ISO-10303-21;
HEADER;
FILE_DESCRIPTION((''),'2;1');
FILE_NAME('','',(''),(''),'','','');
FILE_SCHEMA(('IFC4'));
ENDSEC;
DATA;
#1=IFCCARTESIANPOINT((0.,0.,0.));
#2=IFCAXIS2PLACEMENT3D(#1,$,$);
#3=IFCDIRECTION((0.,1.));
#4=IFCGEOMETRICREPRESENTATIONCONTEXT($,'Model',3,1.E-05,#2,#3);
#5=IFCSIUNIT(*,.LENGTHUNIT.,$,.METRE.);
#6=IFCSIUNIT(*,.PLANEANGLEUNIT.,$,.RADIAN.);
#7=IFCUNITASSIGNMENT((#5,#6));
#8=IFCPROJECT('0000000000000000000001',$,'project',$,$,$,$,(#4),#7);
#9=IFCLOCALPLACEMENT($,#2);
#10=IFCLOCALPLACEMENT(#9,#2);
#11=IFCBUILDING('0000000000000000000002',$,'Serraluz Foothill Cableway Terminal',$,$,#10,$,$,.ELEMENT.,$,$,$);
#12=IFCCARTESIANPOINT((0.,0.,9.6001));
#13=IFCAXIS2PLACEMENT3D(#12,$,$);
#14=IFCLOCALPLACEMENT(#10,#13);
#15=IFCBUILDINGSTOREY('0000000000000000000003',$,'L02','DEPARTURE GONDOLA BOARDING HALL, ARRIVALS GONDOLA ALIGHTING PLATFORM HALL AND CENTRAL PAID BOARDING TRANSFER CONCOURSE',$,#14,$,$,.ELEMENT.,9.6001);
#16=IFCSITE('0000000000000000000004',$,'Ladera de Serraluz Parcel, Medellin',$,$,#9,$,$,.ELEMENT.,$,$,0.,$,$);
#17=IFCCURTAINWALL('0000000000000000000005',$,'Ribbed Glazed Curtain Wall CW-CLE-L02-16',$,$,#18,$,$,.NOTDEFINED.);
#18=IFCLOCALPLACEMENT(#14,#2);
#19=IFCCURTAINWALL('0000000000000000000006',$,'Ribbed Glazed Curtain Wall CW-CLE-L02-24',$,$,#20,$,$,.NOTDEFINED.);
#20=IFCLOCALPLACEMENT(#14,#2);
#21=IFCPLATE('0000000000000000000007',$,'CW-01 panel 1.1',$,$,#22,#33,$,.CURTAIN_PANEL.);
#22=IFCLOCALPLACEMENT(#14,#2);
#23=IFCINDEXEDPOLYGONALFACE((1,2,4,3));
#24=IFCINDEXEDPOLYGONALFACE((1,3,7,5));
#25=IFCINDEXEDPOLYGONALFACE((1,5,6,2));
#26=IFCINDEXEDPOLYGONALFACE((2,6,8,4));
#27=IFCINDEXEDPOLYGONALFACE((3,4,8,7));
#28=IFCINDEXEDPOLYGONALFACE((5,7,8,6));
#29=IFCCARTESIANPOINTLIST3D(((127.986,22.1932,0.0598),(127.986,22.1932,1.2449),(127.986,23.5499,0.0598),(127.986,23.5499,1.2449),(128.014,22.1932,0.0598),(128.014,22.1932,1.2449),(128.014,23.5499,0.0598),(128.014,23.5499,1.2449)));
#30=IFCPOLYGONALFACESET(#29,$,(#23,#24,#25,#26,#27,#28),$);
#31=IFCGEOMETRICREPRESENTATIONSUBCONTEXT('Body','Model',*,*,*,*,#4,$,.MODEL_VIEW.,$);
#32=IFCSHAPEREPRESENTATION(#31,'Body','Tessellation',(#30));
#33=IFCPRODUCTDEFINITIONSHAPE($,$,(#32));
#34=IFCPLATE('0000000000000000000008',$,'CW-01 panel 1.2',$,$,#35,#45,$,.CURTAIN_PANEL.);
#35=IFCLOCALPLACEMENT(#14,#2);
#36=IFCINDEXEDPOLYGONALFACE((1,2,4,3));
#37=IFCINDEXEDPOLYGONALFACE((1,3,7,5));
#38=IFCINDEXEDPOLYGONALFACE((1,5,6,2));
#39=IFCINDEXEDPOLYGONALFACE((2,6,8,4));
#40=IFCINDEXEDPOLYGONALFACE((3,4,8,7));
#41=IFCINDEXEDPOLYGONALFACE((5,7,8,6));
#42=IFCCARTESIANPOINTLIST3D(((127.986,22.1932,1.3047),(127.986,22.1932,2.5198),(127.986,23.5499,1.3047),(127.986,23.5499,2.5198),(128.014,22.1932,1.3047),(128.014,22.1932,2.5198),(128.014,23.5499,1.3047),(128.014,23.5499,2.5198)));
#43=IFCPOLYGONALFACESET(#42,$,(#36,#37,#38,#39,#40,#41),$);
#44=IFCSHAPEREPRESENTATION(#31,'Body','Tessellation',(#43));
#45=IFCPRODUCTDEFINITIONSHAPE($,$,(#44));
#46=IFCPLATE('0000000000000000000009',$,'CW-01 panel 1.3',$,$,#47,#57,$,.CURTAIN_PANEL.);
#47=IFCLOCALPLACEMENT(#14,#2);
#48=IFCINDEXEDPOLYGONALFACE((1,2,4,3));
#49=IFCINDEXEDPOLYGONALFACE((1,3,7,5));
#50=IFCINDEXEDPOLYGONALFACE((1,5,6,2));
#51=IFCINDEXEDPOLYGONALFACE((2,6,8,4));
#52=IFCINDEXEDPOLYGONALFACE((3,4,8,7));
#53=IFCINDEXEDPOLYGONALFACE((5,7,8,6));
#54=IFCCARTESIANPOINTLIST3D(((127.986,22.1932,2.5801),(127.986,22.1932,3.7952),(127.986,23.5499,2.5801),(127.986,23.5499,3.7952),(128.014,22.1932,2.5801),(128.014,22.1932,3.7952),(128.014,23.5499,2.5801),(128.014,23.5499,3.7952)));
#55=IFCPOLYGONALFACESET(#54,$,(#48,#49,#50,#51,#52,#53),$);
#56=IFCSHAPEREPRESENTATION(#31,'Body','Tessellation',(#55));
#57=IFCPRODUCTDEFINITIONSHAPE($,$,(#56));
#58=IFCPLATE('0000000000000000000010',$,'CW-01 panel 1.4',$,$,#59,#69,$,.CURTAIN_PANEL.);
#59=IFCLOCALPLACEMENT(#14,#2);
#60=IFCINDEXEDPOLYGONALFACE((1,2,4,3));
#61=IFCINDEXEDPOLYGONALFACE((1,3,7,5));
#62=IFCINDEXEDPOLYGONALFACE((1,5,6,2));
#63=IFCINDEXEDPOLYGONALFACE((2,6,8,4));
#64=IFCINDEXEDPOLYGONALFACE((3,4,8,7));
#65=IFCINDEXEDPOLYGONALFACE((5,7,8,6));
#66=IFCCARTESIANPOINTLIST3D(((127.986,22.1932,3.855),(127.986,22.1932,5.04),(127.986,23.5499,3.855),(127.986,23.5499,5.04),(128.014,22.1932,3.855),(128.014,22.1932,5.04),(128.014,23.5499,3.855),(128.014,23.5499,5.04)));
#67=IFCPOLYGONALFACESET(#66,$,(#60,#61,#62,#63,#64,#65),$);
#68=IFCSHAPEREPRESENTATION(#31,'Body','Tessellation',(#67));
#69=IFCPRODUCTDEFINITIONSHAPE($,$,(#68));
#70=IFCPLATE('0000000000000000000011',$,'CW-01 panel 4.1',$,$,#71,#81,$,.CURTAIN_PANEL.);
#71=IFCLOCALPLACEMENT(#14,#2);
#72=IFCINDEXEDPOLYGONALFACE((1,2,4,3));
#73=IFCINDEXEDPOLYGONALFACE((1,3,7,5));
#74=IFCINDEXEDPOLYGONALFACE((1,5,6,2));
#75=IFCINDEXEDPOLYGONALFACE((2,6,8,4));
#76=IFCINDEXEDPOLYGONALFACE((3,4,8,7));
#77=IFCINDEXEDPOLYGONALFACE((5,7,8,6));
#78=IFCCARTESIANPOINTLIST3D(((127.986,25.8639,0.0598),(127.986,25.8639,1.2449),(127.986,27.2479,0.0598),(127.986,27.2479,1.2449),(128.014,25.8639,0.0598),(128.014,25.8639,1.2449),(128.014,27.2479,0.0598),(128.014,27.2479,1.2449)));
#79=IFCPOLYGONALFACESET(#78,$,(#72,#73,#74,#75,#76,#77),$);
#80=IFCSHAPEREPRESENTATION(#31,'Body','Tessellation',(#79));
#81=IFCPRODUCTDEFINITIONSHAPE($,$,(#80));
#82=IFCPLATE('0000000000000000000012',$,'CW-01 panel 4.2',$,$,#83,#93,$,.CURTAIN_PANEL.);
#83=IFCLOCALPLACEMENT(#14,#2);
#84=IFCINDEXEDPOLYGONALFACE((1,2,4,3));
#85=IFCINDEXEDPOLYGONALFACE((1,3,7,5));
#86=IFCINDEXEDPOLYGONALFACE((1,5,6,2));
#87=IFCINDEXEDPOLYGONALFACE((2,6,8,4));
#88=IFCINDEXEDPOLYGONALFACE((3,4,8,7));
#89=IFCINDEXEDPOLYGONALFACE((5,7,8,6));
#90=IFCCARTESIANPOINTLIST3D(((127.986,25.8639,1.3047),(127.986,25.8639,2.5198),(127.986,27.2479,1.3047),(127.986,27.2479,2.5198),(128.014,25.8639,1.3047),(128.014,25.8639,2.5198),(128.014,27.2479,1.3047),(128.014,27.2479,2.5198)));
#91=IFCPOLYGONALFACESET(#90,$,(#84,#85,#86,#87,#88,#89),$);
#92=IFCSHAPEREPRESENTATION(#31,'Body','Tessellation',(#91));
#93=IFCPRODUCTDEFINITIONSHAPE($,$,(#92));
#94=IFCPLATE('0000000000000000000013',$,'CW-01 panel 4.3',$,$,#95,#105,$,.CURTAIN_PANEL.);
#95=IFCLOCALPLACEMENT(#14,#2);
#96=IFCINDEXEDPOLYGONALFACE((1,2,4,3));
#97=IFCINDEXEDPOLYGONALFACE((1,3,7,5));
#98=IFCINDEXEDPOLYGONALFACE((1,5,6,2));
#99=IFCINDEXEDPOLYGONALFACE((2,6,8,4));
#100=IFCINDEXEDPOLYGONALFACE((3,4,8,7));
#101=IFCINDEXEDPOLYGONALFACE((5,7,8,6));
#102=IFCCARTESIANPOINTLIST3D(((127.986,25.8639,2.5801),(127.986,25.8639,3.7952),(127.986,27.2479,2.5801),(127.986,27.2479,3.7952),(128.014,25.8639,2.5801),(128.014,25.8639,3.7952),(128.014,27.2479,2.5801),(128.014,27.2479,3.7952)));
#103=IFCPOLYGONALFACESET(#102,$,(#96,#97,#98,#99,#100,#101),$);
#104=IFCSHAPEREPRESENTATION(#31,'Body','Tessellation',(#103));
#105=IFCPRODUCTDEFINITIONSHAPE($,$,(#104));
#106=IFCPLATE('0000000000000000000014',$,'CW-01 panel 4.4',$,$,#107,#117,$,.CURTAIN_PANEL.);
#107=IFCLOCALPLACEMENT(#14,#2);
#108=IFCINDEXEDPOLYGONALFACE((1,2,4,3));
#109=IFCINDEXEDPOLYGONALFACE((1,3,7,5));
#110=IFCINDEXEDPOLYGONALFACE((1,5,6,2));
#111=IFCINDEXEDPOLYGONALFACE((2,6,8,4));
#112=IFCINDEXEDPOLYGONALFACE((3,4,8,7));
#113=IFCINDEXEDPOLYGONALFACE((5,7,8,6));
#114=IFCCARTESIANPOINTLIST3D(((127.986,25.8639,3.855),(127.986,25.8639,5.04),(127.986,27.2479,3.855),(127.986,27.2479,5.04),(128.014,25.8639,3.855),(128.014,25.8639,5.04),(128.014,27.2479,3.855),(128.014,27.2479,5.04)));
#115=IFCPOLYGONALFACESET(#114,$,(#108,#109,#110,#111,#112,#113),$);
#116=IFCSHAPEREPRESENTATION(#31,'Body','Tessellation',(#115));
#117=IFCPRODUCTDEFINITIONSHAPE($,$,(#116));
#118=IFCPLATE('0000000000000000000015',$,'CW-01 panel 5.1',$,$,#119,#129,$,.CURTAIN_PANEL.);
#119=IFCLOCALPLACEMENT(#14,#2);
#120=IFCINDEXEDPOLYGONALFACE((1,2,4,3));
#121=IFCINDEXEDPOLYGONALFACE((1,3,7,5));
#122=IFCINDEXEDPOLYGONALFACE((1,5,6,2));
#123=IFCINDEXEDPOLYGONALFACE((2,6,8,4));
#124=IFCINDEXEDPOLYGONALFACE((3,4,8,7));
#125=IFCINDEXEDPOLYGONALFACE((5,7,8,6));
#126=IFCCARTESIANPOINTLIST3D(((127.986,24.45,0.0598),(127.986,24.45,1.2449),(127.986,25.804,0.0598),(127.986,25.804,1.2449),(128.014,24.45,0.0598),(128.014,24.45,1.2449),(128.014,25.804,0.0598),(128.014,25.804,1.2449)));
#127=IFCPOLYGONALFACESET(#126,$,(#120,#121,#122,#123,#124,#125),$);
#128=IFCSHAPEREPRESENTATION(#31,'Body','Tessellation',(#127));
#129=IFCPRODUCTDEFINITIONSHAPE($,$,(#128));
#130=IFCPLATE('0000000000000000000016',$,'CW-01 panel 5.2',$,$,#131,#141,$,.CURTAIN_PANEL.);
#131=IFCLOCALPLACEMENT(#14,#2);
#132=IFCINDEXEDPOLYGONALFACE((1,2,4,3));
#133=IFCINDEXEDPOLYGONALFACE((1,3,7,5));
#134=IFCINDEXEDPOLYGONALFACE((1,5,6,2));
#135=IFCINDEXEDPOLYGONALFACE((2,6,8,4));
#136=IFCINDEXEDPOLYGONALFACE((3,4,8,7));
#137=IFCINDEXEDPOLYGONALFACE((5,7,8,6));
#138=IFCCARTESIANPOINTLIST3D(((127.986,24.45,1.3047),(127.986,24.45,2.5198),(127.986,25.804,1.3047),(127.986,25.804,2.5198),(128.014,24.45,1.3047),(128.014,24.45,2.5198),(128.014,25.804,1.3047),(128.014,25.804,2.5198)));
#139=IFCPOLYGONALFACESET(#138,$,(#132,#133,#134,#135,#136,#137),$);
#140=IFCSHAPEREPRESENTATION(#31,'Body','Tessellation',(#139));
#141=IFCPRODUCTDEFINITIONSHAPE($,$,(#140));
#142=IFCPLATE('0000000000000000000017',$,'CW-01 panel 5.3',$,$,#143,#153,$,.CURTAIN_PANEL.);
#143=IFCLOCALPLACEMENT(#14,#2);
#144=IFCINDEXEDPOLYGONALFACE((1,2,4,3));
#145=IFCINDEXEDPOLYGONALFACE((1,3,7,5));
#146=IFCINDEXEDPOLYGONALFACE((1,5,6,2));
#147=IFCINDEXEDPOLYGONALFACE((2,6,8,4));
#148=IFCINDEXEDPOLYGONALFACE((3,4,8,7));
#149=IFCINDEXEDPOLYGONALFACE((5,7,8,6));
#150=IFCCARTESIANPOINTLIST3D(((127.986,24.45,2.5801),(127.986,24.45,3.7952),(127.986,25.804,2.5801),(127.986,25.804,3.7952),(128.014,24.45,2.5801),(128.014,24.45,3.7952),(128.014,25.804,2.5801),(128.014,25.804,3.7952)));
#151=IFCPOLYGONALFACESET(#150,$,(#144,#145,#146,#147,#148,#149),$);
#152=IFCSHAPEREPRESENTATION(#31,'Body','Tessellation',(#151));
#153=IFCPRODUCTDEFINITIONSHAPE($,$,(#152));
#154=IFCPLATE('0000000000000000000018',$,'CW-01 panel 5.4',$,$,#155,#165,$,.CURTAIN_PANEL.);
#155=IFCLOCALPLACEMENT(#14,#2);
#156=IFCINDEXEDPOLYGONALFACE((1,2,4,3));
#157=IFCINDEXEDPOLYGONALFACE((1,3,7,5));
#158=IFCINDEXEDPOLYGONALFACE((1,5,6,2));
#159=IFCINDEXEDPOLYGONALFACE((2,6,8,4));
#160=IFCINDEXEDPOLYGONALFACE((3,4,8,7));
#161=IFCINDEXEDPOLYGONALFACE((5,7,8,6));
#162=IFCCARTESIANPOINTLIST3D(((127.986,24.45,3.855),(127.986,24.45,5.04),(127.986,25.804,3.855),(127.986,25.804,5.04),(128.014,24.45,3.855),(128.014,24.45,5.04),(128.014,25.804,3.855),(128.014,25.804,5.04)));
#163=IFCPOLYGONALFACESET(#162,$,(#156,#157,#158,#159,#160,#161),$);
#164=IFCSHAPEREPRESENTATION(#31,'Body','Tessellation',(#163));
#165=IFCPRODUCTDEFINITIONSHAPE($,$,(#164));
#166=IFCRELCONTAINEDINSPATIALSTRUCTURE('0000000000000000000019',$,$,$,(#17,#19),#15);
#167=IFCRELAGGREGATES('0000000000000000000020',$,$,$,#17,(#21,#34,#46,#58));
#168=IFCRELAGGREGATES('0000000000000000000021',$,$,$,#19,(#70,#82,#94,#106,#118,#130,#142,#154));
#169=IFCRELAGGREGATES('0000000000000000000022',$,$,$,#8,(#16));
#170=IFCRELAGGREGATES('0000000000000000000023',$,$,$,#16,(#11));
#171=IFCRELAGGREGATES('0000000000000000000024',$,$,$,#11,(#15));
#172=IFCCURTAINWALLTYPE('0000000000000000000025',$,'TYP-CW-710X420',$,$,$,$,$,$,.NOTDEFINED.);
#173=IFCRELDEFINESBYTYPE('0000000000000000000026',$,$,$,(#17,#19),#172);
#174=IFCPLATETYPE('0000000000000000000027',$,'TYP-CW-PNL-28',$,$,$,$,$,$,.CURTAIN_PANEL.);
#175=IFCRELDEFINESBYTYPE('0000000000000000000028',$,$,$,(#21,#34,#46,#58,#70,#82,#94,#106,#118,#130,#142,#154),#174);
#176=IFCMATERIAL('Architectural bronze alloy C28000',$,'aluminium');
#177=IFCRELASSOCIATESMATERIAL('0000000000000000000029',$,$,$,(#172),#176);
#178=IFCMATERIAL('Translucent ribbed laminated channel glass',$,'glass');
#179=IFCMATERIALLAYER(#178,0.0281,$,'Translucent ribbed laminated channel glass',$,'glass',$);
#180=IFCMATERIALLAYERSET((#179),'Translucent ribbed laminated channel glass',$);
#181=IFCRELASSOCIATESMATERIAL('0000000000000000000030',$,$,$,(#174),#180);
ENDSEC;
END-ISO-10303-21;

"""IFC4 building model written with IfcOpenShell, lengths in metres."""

from ifc_helpers import new_model, si_unit, direction, frame, origin, origin_2d, place, context, subcontext, project, spatial, rectangle, extrude, material, layer, layer_set, type_object, element, aggregate, save


model = new_model("IFC4")

# Units and contexts
model_context = context("Model", 3, precision=1e-05, world=origin(), true_north=direction((0.0, 1.0)))
body_context = subcontext(model_context, "Body", "Model", "MODEL_VIEW")
ifc_project = project(units=[si_unit("LENGTHUNIT", "METRE"), si_unit("PLANEANGLEUNIT", "RADIAN")], contexts=[model_context])

# Site, building, storey
site_placement = place(None, origin())
site = spatial("IfcSite", under=ifc_project, at=site_placement, Name="Ladera de Serraluz Parcel, Medellin", CompositionType="ELEMENT", RefElevation=0.0)
building_placement = place(site_placement, origin())
building = spatial("IfcBuilding", under=site, at=building_placement, Name="Serraluz Foothill Cableway Terminal", CompositionType="ELEMENT")
storey_placement = place(building_placement, frame((0.0, 0.0, 9.6001)))
storey = spatial("IfcBuildingStorey", under=building, at=storey_placement, Name="L02", Description="DEPARTURE GONDOLA BOARDING HALL, ARRIVALS GONDOLA ALIGHTING PLATFORM HALL AND CENTRAL PAID BOARDING TRANSFER CONCOURSE", CompositionType="ELEMENT", Elevation=9.6001)

# Curtain wall
ifc_material_1 = material(Name="Architectural bronze alloy C28000", Category="aluminium")
curtain_wall_type = type_object("IfcCurtainWallType", Name="TYP-CW-710X420", PredefinedType="NOTDEFINED", material=ifc_material_1)
curtain_wall_1_placement = place(storey_placement, origin())
curtain_wall_1 = element("IfcCurtainWall", 1, at=curtain_wall_1_placement, inside=storey, type_object=curtain_wall_type, Name="Ribbed Glazed Curtain Wall CW-CLE-L02-16", PredefinedType="NOTDEFINED")

# Curtain wall
curtain_wall_2_placement = place(storey_placement, origin())
curtain_wall_2 = element("IfcCurtainWall", 2, at=curtain_wall_2_placement, inside=storey, type_object=curtain_wall_type, Name="Ribbed Glazed Curtain Wall CW-CLE-L02-24", PredefinedType="NOTDEFINED")

# Plates
ifc_material_2 = material(Name="Translucent ribbed laminated channel glass", Category="glass")
ifc_layer = layer(ifc_material_2, 0.0281, Name="Translucent ribbed laminated channel glass", Category="glass")
ifc_layer_set = layer_set([ifc_layer], Name="Translucent ribbed laminated channel glass")
plate_type = type_object("IfcPlateType", Name="TYP-CW-PNL-28", PredefinedType="CURTAIN_PANEL", material=ifc_layer_set)
plate_1_placement = place(storey_placement, frame((128.0, 22.8716, 0.0598), z_axis=(0.0, 0.0, 1.0), x_axis=(0.0, -1.0, 0.0)))
plate_1 = element("IfcPlate", 3, at=plate_1_placement, type_object=plate_type, Name="CW-01 panel 1.1", PredefinedType="CURTAIN_PANEL", context=body_context, shape_type="SweptSolid", body=[
    extrude(rectangle(XDim=1.3567, YDim=0.0281, at=origin_2d()), origin(), (0.0, 0.0, 1.0), 1.1851),
])
plate_2_placement = place(storey_placement, frame((128.0, 22.8716, 1.3047), z_axis=(0.0, 0.0, 1.0), x_axis=(0.0, -1.0, 0.0)))
plate_2 = element("IfcPlate", 4, at=plate_2_placement, type_object=plate_type, Name="CW-01 panel 1.2", PredefinedType="CURTAIN_PANEL", context=body_context, shape_type="SweptSolid", body=[
    extrude(rectangle(XDim=1.3567, YDim=0.0281, at=origin_2d()), origin(), (0.0, 0.0, 1.0), 1.2151),
])
plate_3_placement = place(storey_placement, frame((128.0, 22.8716, 2.5801), z_axis=(0.0, 0.0, 1.0), x_axis=(0.0, -1.0, 0.0)))
plate_3 = element("IfcPlate", 5, at=plate_3_placement, type_object=plate_type, Name="CW-01 panel 1.3", PredefinedType="CURTAIN_PANEL", context=body_context, shape_type="SweptSolid", body=[
    extrude(rectangle(XDim=1.3567, YDim=0.0281, at=origin_2d()), origin(), (0.0, 0.0, 1.0), 1.2151),
])
plate_4_placement = place(storey_placement, frame((128.0, 22.8716, 3.855), z_axis=(0.0, 0.0, 1.0), x_axis=(0.0, -1.0, 0.0)))
plate_4 = element("IfcPlate", 6, at=plate_4_placement, type_object=plate_type, Name="CW-01 panel 1.4", PredefinedType="CURTAIN_PANEL", context=body_context, shape_type="SweptSolid", body=[
    extrude(rectangle(XDim=1.3567, YDim=0.0281, at=origin_2d()), origin(), (0.0, 0.0, 1.0), 1.1851),
])
aggregate(curtain_wall_1, [plate_1, plate_2, plate_3, plate_4])
plate_5_placement = place(storey_placement, frame((128.0, 26.5559, 0.0598), z_axis=(0.0, 0.0, 1.0), x_axis=(0.0, -1.0, 0.0)))
plate_5 = element("IfcPlate", 7, at=plate_5_placement, type_object=plate_type, Name="CW-01 panel 4.1", PredefinedType="CURTAIN_PANEL", context=body_context, shape_type="SweptSolid", body=[
    extrude(rectangle(XDim=1.384, YDim=0.0281, at=origin_2d()), origin(), (0.0, 0.0, 1.0), 1.1851),
])
plate_6_placement = place(storey_placement, frame((128.0, 26.5559, 1.3047), z_axis=(0.0, 0.0, 1.0), x_axis=(0.0, -1.0, 0.0)))
plate_6 = element("IfcPlate", 8, at=plate_6_placement, type_object=plate_type, Name="CW-01 panel 4.2", PredefinedType="CURTAIN_PANEL", context=body_context, shape_type="SweptSolid", body=[
    extrude(rectangle(XDim=1.384, YDim=0.0281, at=origin_2d()), origin(), (0.0, 0.0, 1.0), 1.2151),
])
plate_7_placement = place(storey_placement, frame((128.0, 26.5559, 2.5801), z_axis=(0.0, 0.0, 1.0), x_axis=(0.0, -1.0, 0.0)))
plate_7 = element("IfcPlate", 9, at=plate_7_placement, type_object=plate_type, Name="CW-01 panel 4.3", PredefinedType="CURTAIN_PANEL", context=body_context, shape_type="SweptSolid", body=[
    extrude(rectangle(XDim=1.384, YDim=0.0281, at=origin_2d()), origin(), (0.0, 0.0, 1.0), 1.2151),
])
plate_8_placement = place(storey_placement, frame((128.0, 26.5559, 3.855), z_axis=(0.0, 0.0, 1.0), x_axis=(0.0, -1.0, 0.0)))
plate_8 = element("IfcPlate", 10, at=plate_8_placement, type_object=plate_type, Name="CW-01 panel 4.4", PredefinedType="CURTAIN_PANEL", context=body_context, shape_type="SweptSolid", body=[
    extrude(rectangle(XDim=1.384, YDim=0.0281, at=origin_2d()), origin(), (0.0, 0.0, 1.0), 1.1851),
])
plate_9_placement = place(storey_placement, frame((128.0, 25.127, 0.0598), z_axis=(0.0, 0.0, 1.0), x_axis=(0.0, -1.0, 0.0)))
plate_9 = element("IfcPlate", 11, at=plate_9_placement, type_object=plate_type, Name="CW-01 panel 5.1", PredefinedType="CURTAIN_PANEL", context=body_context, shape_type="SweptSolid", body=[
    extrude(rectangle(XDim=1.354, YDim=0.0281, at=origin_2d()), origin(), (0.0, 0.0, 1.0), 1.1851),
])
plate_10_placement = place(storey_placement, frame((128.0, 25.127, 1.3047), z_axis=(0.0, 0.0, 1.0), x_axis=(0.0, -1.0, 0.0)))
plate_10 = element("IfcPlate", 12, at=plate_10_placement, type_object=plate_type, Name="CW-01 panel 5.2", PredefinedType="CURTAIN_PANEL", context=body_context, shape_type="SweptSolid", body=[
    extrude(rectangle(XDim=1.354, YDim=0.0281, at=origin_2d()), origin(), (0.0, 0.0, 1.0), 1.2151),
])
plate_11_placement = place(storey_placement, frame((128.0, 25.127, 2.5801), z_axis=(0.0, 0.0, 1.0), x_axis=(0.0, -1.0, 0.0)))
plate_11 = element("IfcPlate", 13, at=plate_11_placement, type_object=plate_type, Name="CW-01 panel 5.3", PredefinedType="CURTAIN_PANEL", context=body_context, shape_type="SweptSolid", body=[
    extrude(rectangle(XDim=1.354, YDim=0.0281, at=origin_2d()), origin(), (0.0, 0.0, 1.0), 1.2151),
])
plate_12_placement = place(storey_placement, frame((128.0, 25.127, 3.855), z_axis=(0.0, 0.0, 1.0), x_axis=(0.0, -1.0, 0.0)))
plate_12 = element("IfcPlate", 14, at=plate_12_placement, type_object=plate_type, Name="CW-01 panel 5.4", PredefinedType="CURTAIN_PANEL", context=body_context, shape_type="SweptSolid", body=[
    extrude(rectangle(XDim=1.354, YDim=0.0281, at=origin_2d()), origin(), (0.0, 0.0, 1.0), 1.1851),
])
aggregate(curtain_wall_2, [plate_5, plate_6, plate_7, plate_8, plate_9, plate_10, plate_11, plate_12])

save(model, "model.ifc")
